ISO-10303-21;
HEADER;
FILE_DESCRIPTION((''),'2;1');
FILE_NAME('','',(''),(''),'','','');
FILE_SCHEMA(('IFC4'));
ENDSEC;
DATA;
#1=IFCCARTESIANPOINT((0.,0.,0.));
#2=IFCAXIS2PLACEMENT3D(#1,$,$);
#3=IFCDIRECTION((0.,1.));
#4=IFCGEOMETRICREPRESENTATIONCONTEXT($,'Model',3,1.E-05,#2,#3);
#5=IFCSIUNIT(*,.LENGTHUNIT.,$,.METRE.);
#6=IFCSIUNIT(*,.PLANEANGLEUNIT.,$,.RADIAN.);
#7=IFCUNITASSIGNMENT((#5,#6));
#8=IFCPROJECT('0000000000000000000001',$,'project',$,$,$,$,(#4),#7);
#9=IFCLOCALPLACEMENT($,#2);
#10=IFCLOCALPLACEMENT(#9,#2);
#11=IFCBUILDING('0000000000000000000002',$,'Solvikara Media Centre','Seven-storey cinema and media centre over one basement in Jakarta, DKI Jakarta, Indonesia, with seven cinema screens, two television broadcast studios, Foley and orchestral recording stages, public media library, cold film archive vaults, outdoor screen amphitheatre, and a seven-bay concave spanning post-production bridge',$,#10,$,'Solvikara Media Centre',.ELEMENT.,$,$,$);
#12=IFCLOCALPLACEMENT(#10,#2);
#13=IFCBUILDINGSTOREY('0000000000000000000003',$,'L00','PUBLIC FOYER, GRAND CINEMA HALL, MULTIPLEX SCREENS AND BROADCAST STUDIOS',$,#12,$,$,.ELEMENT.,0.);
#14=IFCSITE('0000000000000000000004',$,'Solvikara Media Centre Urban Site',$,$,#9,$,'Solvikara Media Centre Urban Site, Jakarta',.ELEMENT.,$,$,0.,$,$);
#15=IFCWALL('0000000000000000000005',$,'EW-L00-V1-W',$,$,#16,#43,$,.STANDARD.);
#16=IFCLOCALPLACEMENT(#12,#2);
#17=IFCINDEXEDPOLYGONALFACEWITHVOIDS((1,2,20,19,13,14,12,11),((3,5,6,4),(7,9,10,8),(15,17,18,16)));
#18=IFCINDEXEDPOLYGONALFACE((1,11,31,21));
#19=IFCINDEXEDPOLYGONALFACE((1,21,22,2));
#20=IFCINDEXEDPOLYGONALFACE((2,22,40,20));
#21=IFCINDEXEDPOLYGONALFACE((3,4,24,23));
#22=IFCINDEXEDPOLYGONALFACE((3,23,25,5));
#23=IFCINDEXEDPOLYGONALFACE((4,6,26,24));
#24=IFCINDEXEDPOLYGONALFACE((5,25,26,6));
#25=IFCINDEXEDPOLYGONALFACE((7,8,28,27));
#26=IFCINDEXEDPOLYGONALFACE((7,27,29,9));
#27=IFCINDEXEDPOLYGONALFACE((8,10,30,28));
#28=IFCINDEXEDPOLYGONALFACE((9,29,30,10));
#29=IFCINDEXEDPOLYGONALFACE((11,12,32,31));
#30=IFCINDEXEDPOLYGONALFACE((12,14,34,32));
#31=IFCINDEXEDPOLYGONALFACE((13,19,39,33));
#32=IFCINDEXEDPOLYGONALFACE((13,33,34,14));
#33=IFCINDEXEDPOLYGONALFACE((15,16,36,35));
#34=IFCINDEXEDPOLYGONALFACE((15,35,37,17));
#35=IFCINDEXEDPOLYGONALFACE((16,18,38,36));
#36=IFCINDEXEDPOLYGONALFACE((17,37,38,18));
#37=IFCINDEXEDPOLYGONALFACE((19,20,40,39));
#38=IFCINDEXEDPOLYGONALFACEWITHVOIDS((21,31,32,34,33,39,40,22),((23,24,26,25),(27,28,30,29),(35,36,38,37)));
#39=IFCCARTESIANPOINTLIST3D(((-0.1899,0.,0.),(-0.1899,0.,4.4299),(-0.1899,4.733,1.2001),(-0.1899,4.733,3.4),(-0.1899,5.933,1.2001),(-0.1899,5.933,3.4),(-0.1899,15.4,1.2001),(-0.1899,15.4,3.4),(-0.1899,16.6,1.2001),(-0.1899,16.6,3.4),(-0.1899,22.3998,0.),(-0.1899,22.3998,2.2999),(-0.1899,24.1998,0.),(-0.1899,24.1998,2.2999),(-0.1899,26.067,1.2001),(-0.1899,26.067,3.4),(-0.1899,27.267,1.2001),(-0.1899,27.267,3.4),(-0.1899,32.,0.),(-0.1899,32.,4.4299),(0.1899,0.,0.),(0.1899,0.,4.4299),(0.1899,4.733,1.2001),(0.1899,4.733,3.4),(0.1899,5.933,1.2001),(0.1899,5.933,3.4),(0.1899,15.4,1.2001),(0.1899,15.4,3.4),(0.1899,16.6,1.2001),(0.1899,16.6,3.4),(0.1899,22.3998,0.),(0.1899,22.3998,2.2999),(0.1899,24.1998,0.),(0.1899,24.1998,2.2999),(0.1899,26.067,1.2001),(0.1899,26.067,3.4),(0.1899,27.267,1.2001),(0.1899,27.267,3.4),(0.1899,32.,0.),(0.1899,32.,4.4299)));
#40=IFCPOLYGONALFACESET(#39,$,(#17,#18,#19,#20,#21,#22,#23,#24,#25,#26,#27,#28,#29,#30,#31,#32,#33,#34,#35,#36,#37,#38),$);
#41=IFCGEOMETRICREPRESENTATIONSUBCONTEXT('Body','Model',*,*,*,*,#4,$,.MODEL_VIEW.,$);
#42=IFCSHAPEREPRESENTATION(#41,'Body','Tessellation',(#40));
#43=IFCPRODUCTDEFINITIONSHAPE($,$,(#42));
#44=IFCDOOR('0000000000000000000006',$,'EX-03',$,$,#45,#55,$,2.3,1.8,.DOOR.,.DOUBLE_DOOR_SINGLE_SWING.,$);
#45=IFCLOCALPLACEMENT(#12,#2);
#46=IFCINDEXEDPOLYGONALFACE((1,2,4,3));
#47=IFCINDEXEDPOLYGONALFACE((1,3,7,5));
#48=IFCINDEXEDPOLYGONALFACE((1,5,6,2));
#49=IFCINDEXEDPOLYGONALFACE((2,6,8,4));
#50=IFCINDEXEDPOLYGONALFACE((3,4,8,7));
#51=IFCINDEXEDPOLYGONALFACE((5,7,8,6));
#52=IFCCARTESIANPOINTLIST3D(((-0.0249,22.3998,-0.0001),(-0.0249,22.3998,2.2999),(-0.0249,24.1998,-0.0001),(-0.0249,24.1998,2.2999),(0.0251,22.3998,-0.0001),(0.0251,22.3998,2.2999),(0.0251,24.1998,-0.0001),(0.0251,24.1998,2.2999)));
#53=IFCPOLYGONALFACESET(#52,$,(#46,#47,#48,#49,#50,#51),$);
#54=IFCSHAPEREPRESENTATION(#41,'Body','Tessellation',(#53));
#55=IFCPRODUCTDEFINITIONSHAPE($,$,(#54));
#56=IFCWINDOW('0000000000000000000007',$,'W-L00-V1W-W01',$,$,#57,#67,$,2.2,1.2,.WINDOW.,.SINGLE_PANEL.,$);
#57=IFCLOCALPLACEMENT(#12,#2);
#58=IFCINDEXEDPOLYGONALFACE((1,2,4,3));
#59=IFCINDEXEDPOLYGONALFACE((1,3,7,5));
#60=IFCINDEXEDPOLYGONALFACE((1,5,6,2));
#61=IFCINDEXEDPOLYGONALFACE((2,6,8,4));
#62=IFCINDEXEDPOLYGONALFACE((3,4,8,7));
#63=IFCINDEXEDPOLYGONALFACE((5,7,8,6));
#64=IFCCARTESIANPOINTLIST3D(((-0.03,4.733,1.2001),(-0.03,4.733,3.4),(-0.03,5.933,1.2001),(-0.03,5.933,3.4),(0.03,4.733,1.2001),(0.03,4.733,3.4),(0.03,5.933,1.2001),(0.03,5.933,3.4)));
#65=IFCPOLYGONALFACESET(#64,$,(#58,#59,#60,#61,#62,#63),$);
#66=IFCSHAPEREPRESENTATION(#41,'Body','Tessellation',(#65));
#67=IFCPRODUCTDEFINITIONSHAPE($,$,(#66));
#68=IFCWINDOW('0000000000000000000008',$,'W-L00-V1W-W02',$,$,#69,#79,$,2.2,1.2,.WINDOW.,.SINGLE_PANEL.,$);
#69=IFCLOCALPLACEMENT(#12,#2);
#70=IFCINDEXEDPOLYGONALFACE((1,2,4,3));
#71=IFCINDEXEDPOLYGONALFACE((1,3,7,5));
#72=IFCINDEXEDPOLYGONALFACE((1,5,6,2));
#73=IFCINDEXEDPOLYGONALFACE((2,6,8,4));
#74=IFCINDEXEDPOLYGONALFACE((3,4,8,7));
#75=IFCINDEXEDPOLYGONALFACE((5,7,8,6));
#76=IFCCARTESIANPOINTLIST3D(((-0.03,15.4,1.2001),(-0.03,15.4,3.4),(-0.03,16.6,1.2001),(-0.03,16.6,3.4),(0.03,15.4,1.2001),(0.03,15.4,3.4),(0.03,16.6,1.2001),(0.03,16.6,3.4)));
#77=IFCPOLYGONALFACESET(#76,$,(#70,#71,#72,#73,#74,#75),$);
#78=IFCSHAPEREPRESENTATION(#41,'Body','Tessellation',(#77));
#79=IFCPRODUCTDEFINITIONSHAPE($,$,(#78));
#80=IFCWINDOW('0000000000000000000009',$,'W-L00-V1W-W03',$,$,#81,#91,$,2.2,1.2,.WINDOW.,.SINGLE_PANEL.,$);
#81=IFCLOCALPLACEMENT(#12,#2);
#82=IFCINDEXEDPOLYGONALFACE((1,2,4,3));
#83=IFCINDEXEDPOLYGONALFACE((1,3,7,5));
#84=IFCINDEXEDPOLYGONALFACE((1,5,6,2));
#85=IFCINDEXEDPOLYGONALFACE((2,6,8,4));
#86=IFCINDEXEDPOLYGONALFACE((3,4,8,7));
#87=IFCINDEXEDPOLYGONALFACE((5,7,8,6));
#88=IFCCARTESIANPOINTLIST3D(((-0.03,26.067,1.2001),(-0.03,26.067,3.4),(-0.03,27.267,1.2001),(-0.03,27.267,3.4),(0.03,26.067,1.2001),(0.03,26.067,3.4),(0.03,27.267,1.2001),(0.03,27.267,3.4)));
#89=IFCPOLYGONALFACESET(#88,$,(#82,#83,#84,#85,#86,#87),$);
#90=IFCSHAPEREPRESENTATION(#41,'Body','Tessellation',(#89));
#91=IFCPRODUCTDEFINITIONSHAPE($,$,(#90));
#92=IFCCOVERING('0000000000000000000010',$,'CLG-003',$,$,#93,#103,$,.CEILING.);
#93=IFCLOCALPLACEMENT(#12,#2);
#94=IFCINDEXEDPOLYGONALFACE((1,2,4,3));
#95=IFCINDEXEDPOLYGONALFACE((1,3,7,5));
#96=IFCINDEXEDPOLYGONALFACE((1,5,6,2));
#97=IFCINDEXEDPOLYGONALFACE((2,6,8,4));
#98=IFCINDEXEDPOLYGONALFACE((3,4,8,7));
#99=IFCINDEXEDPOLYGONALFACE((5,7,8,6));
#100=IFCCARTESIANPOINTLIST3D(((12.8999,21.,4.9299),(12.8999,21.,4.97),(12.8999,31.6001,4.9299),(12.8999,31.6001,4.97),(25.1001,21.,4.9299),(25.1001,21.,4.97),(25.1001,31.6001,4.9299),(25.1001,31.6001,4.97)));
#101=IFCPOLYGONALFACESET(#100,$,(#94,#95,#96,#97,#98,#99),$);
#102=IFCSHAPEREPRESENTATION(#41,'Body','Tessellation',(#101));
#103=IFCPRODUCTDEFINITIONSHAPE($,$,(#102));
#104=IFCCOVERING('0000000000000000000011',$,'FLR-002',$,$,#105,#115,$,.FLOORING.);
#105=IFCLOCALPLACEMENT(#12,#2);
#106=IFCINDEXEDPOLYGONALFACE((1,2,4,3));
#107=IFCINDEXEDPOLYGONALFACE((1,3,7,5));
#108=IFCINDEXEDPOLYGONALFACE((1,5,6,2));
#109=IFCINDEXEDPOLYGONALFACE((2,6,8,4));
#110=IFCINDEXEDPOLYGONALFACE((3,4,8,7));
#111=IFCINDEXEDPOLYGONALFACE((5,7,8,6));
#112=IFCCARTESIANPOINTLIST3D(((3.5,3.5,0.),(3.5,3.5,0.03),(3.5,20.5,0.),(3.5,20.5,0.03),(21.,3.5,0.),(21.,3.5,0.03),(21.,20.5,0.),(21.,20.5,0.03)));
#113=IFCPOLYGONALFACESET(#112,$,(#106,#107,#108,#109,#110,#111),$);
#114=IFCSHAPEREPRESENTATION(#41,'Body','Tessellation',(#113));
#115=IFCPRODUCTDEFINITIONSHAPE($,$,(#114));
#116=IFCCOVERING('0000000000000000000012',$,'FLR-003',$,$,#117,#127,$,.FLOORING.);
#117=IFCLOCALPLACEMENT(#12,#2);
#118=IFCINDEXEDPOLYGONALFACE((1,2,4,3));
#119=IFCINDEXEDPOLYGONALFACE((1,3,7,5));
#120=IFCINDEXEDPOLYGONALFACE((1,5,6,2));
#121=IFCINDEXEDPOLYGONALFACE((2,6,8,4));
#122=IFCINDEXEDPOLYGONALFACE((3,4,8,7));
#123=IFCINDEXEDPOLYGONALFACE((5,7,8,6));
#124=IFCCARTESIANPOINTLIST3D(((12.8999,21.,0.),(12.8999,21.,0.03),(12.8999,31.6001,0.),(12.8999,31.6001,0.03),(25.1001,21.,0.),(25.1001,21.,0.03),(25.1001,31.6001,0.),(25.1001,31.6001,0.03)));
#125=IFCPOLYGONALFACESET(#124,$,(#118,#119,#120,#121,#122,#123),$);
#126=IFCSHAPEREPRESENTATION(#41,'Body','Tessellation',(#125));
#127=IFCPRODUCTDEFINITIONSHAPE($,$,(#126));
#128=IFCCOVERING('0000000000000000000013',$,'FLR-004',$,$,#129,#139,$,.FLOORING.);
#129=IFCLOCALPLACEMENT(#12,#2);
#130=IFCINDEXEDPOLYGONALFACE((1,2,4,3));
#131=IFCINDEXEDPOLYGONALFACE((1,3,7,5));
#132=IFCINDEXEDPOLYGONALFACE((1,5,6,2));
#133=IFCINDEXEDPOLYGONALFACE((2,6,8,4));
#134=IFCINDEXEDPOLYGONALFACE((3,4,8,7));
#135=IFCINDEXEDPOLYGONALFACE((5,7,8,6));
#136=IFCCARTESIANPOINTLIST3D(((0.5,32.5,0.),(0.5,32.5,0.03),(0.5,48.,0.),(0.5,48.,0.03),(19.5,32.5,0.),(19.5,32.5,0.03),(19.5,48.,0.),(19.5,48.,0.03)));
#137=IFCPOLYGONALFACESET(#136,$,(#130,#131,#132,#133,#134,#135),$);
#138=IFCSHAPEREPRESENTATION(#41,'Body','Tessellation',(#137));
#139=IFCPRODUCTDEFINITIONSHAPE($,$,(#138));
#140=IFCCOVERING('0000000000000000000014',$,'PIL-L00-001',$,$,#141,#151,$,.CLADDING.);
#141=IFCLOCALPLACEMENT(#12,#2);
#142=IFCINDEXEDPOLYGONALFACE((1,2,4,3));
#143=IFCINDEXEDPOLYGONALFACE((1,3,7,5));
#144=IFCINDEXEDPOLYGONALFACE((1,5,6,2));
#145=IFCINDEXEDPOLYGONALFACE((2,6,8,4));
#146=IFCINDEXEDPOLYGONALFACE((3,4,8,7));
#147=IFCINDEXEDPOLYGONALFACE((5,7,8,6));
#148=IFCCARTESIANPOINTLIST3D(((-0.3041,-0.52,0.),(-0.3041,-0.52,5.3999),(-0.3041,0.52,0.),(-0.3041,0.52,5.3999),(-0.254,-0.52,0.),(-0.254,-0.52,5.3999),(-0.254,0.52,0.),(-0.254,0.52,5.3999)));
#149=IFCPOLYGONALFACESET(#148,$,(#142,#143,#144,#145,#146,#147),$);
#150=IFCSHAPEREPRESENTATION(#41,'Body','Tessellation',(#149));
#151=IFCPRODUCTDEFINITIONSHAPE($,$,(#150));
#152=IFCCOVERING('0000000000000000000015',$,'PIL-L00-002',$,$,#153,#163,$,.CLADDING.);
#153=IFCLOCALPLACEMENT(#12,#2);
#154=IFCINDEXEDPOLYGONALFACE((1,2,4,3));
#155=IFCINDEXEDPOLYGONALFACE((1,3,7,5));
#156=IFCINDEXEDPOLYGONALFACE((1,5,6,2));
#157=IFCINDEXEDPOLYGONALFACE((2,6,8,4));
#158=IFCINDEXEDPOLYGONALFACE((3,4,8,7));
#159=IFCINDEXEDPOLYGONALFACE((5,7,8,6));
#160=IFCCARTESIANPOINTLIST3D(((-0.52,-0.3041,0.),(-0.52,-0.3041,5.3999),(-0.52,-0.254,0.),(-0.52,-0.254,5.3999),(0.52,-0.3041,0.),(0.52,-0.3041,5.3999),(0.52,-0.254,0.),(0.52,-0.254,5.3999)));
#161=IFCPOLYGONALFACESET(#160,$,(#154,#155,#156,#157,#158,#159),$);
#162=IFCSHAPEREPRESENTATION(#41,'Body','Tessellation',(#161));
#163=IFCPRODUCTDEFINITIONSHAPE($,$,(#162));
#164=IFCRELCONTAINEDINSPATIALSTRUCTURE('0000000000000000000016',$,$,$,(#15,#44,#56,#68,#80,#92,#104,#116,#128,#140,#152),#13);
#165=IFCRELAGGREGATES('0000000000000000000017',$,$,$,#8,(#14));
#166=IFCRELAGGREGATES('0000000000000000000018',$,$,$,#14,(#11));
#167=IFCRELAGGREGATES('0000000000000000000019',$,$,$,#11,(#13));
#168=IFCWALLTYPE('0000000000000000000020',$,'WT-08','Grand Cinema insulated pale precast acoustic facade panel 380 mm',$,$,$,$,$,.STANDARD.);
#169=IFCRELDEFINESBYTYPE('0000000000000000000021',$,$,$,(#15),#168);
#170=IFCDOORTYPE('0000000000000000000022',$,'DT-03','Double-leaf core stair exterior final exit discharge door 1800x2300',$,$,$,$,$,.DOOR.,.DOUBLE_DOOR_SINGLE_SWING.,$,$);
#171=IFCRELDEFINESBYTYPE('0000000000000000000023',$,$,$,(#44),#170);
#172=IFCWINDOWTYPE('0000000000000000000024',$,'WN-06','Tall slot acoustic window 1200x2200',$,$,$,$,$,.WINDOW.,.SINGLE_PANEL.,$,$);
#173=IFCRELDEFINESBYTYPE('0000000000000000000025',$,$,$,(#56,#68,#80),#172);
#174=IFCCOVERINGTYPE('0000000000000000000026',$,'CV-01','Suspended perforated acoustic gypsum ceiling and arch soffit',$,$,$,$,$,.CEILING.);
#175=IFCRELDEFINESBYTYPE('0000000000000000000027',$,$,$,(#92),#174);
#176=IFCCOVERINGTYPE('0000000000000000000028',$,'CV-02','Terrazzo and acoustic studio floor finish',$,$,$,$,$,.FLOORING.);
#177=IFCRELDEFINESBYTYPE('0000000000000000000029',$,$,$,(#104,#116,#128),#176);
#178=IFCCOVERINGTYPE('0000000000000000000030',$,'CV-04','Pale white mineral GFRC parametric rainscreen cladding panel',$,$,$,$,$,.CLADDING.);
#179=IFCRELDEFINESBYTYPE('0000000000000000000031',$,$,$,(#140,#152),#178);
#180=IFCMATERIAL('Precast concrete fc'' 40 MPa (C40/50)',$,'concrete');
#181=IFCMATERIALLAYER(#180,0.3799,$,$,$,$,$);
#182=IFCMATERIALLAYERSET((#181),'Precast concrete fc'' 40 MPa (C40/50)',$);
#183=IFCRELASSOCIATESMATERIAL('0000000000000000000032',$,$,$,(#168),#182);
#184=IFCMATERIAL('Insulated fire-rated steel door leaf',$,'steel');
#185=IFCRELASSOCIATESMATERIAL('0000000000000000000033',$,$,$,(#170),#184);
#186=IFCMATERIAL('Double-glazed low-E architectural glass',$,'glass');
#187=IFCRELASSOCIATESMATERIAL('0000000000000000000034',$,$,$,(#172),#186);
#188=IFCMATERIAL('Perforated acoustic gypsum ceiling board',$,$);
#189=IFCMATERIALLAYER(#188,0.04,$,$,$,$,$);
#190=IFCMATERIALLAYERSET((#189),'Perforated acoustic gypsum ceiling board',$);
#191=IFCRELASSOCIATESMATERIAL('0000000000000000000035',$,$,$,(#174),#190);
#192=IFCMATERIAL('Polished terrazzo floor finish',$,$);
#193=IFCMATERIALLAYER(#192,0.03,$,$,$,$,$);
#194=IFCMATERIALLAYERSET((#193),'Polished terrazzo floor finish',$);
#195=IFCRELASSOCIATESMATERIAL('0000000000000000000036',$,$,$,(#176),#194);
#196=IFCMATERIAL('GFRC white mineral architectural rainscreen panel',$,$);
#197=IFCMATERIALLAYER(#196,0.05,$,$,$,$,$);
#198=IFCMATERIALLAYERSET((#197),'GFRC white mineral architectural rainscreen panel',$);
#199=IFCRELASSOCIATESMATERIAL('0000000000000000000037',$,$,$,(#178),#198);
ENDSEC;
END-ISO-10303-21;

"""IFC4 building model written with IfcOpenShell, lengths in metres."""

from ifc_helpers import new_model, si_unit, direction, frame, frame_2d, origin, origin_2d, place, context, subcontext, project, spatial, polyline, rectangle, outline, extrude, material, layer, layer_set, type_object, element, fill, save


model = new_model("IFC4")

# Units and contexts
model_context = context("Model", 3, precision=1e-05, world=origin(), true_north=direction((0.0, 1.0)))
body_context = subcontext(model_context, "Body", "Model", "MODEL_VIEW")
ifc_project = project(units=[si_unit("LENGTHUNIT", "METRE"), si_unit("PLANEANGLEUNIT", "RADIAN")], contexts=[model_context])

# Site, building, storey
site_placement = place(None, origin())
site = spatial("IfcSite", under=ifc_project, at=site_placement, Name="Solvikara Media Centre Urban Site", LongName="Solvikara Media Centre Urban Site, Jakarta", CompositionType="ELEMENT", RefElevation=0.0)
building_placement = place(site_placement, origin())
building = spatial("IfcBuilding", under=site, at=building_placement, Name="Solvikara Media Centre", Description="Seven-storey cinema and media centre over one basement in Jakarta, DKI Jakarta, Indonesia, with seven cinema screens, two television broadcast studios, Foley and orchestral recording stages, public media library, cold film archive vaults, outdoor screen amphitheatre, and a seven-bay concave spanning post-production bridge", LongName="Solvikara Media Centre", CompositionType="ELEMENT")
storey_placement = place(building_placement, origin())
storey = spatial("IfcBuildingStorey", under=building, at=storey_placement, Name="L00", Description="PUBLIC FOYER, GRAND CINEMA HALL, MULTIPLEX SCREENS AND BROADCAST STUDIOS", CompositionType="ELEMENT", Elevation=0.0)

# Shared definitions
ifc_material_1 = material(Name="Precast concrete fc' 40 MPa (C40/50)", Category="concrete")
ifc_layer_1 = layer(ifc_material_1, 0.3799)
ifc_layer_set_1 = layer_set([ifc_layer_1], Name="Precast concrete fc' 40 MPa (C40/50)")
wall_type = type_object("IfcWallType", Name="WT-08", Description="Grand Cinema insulated pale precast acoustic facade panel 380 mm", PredefinedType="STANDARD", material=ifc_layer_set_1)
ifc_material_2 = material(Name="Double-glazed low-E architectural glass", Category="glass")

# Wall, openings, door, windows
wall_1_placement = place(storey_placement, frame((0.0, 0.0, 0.0), z_axis=(0.0, 0.0, 1.0), x_axis=(0.0, 1.0, 0.0)))
wall_1 = element("IfcWall", 1, at=wall_1_placement, inside=storey, type_object=wall_type, Name="EW-L00-V1-W", PredefinedType="STANDARD", context=body_context, shape_type="SweptSolid", body=[
    extrude(rectangle(XDim=32.0, YDim=0.3799, at=frame_2d((16.0, 0.0))), origin(), (0.0, 0.0, 1.0), 4.4299),
])
opening_1_placement = place(wall_1_placement, frame((22.3999, 0.0, 0.0)))
opening_1 = element("IfcOpeningElement", 2, at=opening_1_placement, cuts=wall_1, PredefinedType="OPENING", context=body_context, shape_type="SweptSolid", body=[
    extrude(rectangle(XDim=1.8, YDim=2.3, at=frame_2d((0.8999, 1.1499))), frame((0.0, 0.2019, 0.0), z_axis=(0.0, -1.0, 0.0), x_axis=(1.0, 0.0, 0.0)), (0.0, 0.0, 1.0), 0.4038),
])
opening_2_placement = place(wall_1_placement, frame((4.7329, 0.0, 1.2)))
opening_2 = element("IfcOpeningElement", 3, at=opening_2_placement, cuts=wall_1, PredefinedType="OPENING", context=body_context, shape_type="SweptSolid", body=[
    extrude(rectangle(XDim=1.2, YDim=2.2, at=frame_2d((0.6001, 1.1001))), frame((0.0, 0.2019, 0.0), z_axis=(0.0, -1.0, 0.0), x_axis=(1.0, 0.0, 0.0)), (0.0, 0.0, 1.0), 0.4038),
])
opening_3_placement = place(wall_1_placement, frame((15.3999, 0.0, 1.2)))
opening_3 = element("IfcOpeningElement", 4, at=opening_3_placement, cuts=wall_1, PredefinedType="OPENING", context=body_context, shape_type="SweptSolid", body=[
    extrude(rectangle(XDim=1.2, YDim=2.2, at=frame_2d((0.6001, 1.1001))), frame((0.0, 0.2019, 0.0), z_axis=(0.0, -1.0, 0.0), x_axis=(1.0, 0.0, 0.0)), (0.0, 0.0, 1.0), 0.4038),
])
opening_4_placement = place(wall_1_placement, frame((26.0669, 0.0, 1.2)))
opening_4 = element("IfcOpeningElement", 5, at=opening_4_placement, cuts=wall_1, PredefinedType="OPENING", context=body_context, shape_type="SweptSolid", body=[
    extrude(rectangle(XDim=1.2, YDim=2.2, at=frame_2d((0.6001, 1.1001))), frame((0.0, 0.2019, 0.0), z_axis=(0.0, -1.0, 0.0), x_axis=(1.0, 0.0, 0.0)), (0.0, 0.0, 1.0), 0.4038),
])
ifc_material_3 = material(Name="Insulated fire-rated steel door leaf", Category="steel")
door_type_1 = type_object("IfcDoorType", Name="DT-03", Description="Double-leaf core stair exterior final exit discharge door 1800x2300", OperationType="DOUBLE_DOOR_SINGLE_SWING", PredefinedType="DOOR", material=ifc_material_3)
door_1_placement = place(opening_1_placement, origin())
door_1 = element("IfcDoor", 6, at=door_1_placement, inside=storey, type_object=door_type_1, Name="EX-03", OperationType="DOUBLE_DOOR_SINGLE_SWING", OverallHeight=2.3, OverallWidth=1.8, PredefinedType="DOOR", context=body_context, shape_type="SweptSolid", body=[
    extrude(rectangle(XDim=1.8, YDim=2.3, at=frame_2d((0.8999, 1.1499))), frame((0.0, 0.0249, 0.0), z_axis=(0.0, -1.0, 0.0), x_axis=(1.0, 0.0, 0.0)), (0.0, 0.0, 1.0), 0.05),
])
fill(opening_1, door_1)
window_type_1 = type_object("IfcWindowType", Name="WN-06", Description="Tall slot acoustic window 1200x2200", PartitioningType="SINGLE_PANEL", PredefinedType="WINDOW", material=ifc_material_2)
window_1_placement = place(opening_2_placement, origin())
window_1 = element("IfcWindow", 7, at=window_1_placement, inside=storey, type_object=window_type_1, Name="W-L00-V1W-W01", OverallHeight=2.2, OverallWidth=1.2, PartitioningType="SINGLE_PANEL", PredefinedType="WINDOW", context=body_context, shape_type="SweptSolid", body=[
    extrude(rectangle(XDim=1.2, YDim=2.2, at=frame_2d((0.6001, 1.1001))), frame((0.0, 0.03, 0.0), z_axis=(0.0, -1.0, 0.0), x_axis=(1.0, 0.0, 0.0)), (0.0, 0.0, 1.0), 0.0601),
])
fill(opening_2, window_1)
window_2_placement = place(opening_3_placement, origin())
window_2 = element("IfcWindow", 8, at=window_2_placement, inside=storey, type_object=window_type_1, Name="W-L00-V1W-W02", OverallHeight=2.2, OverallWidth=1.2, PartitioningType="SINGLE_PANEL", PredefinedType="WINDOW", context=body_context, shape_type="SweptSolid", body=[
    extrude(rectangle(XDim=1.2, YDim=2.2, at=frame_2d((0.6001, 1.1001))), frame((0.0, 0.03, 0.0), z_axis=(0.0, -1.0, 0.0), x_axis=(1.0, 0.0, 0.0)), (0.0, 0.0, 1.0), 0.0601),
])
fill(opening_3, window_2)
window_3_placement = place(opening_4_placement, origin())
window_3 = element("IfcWindow", 9, at=window_3_placement, inside=storey, type_object=window_type_1, Name="W-L00-V1W-W03", OverallHeight=2.2, OverallWidth=1.2, PartitioningType="SINGLE_PANEL", PredefinedType="WINDOW", context=body_context, shape_type="SweptSolid", body=[
    extrude(rectangle(XDim=1.2, YDim=2.2, at=frame_2d((0.6001, 1.1001))), frame((0.0, 0.03, 0.0), z_axis=(0.0, -1.0, 0.0), x_axis=(1.0, 0.0, 0.0)), (0.0, 0.0, 1.0), 0.0601),
])
fill(opening_4, window_3)

# Coverings
ifc_material_4 = material(Name="Perforated acoustic gypsum ceiling board")
ifc_layer_2 = layer(ifc_material_4, 0.04)
ifc_layer_set_2 = layer_set([ifc_layer_2], Name="Perforated acoustic gypsum ceiling board")
covering_type_1 = type_object("IfcCoveringType", Name="CV-01", Description="Suspended perforated acoustic gypsum ceiling and arch soffit", PredefinedType="CEILING", material=ifc_layer_set_2)
covering_1_placement = place(storey_placement, frame((0.0, 0.0, 4.9299)))
element("IfcCovering", 10, at=covering_1_placement, inside=storey, type_object=covering_type_1, Name="CLG-003", PredefinedType="CEILING", context=body_context, shape_type="SweptSolid", body=[
    extrude(outline(polyline([(12.8999, 21.0), (25.1001, 21.0), (25.1001, 31.6001), (12.8999, 31.6001), (12.8999, 21.0)])), origin(), (0.0, 0.0, 1.0), 0.04),
])
ifc_material_5 = material(Name="Polished terrazzo floor finish")
ifc_layer_3 = layer(ifc_material_5, 0.03)
ifc_layer_set_3 = layer_set([ifc_layer_3], Name="Polished terrazzo floor finish")
covering_type_2 = type_object("IfcCoveringType", Name="CV-02", Description="Terrazzo and acoustic studio floor finish", PredefinedType="FLOORING", material=ifc_layer_set_3)
covering_2_placement = place(storey_placement, origin())
element("IfcCovering", 11, at=covering_2_placement, inside=storey, type_object=covering_type_2, Name="FLR-002", PredefinedType="FLOORING", context=body_context, shape_type="SweptSolid", body=[
    extrude(outline(polyline([(3.5, 3.5), (21.0, 3.5), (21.0, 20.5), (3.5, 20.5), (3.5, 3.5)])), origin(), (0.0, 0.0, 1.0), 0.03),
])
covering_3_placement = place(storey_placement, origin())
element("IfcCovering", 12, at=covering_3_placement, inside=storey, type_object=covering_type_2, Name="FLR-003", PredefinedType="FLOORING", context=body_context, shape_type="SweptSolid", body=[
    extrude(outline(polyline([(12.8999, 21.0), (25.1001, 21.0), (25.1001, 31.6001), (12.8999, 31.6001), (12.8999, 21.0)])), origin(), (0.0, 0.0, 1.0), 0.03),
])
covering_4_placement = place(storey_placement, origin())
element("IfcCovering", 13, at=covering_4_placement, inside=storey, type_object=covering_type_2, Name="FLR-004", PredefinedType="FLOORING", context=body_context, shape_type="SweptSolid", body=[
    extrude(outline(polyline([(0.5, 32.5), (19.5, 32.5), (19.5, 48.0), (0.5, 48.0), (0.5, 32.5)])), origin(), (0.0, 0.0, 1.0), 0.03),
])
ifc_material_6 = material(Name="GFRC white mineral architectural rainscreen panel")
ifc_layer_4 = layer(ifc_material_6, 0.05)
ifc_layer_set_4 = layer_set([ifc_layer_4], Name="GFRC white mineral architectural rainscreen panel")
covering_type_3 = type_object("IfcCoveringType", Name="CV-04", Description="Pale white mineral GFRC parametric rainscreen cladding panel", PredefinedType="CLADDING", material=ifc_layer_set_4)
for number, where, z_axis, x_axis, name in (
    (14, (-0.2791, 0.0, 0.0), (0.0, 0.0, 1.0), (0.0, -1.0, 0.0), "PIL-L00-001"),
    (15, (0.0, -0.2791, 0.0), (0.0, 0.0, 1.0), (1.0, 0.0, 0.0), "PIL-L00-002"),
):
    element("IfcCovering", number, at=place(storey_placement, frame(where, z_axis=z_axis, x_axis=x_axis)), inside=storey, type_object=covering_type_3, Name=name, PredefinedType="CLADDING", context=body_context, shape_type="SweptSolid", body=[
        extrude(rectangle(XDim=1.04, YDim=0.05, at=origin_2d()), origin(), (0.0, 0.0, 1.0), 5.3999),
    ])

save(model, "model.ifc")
